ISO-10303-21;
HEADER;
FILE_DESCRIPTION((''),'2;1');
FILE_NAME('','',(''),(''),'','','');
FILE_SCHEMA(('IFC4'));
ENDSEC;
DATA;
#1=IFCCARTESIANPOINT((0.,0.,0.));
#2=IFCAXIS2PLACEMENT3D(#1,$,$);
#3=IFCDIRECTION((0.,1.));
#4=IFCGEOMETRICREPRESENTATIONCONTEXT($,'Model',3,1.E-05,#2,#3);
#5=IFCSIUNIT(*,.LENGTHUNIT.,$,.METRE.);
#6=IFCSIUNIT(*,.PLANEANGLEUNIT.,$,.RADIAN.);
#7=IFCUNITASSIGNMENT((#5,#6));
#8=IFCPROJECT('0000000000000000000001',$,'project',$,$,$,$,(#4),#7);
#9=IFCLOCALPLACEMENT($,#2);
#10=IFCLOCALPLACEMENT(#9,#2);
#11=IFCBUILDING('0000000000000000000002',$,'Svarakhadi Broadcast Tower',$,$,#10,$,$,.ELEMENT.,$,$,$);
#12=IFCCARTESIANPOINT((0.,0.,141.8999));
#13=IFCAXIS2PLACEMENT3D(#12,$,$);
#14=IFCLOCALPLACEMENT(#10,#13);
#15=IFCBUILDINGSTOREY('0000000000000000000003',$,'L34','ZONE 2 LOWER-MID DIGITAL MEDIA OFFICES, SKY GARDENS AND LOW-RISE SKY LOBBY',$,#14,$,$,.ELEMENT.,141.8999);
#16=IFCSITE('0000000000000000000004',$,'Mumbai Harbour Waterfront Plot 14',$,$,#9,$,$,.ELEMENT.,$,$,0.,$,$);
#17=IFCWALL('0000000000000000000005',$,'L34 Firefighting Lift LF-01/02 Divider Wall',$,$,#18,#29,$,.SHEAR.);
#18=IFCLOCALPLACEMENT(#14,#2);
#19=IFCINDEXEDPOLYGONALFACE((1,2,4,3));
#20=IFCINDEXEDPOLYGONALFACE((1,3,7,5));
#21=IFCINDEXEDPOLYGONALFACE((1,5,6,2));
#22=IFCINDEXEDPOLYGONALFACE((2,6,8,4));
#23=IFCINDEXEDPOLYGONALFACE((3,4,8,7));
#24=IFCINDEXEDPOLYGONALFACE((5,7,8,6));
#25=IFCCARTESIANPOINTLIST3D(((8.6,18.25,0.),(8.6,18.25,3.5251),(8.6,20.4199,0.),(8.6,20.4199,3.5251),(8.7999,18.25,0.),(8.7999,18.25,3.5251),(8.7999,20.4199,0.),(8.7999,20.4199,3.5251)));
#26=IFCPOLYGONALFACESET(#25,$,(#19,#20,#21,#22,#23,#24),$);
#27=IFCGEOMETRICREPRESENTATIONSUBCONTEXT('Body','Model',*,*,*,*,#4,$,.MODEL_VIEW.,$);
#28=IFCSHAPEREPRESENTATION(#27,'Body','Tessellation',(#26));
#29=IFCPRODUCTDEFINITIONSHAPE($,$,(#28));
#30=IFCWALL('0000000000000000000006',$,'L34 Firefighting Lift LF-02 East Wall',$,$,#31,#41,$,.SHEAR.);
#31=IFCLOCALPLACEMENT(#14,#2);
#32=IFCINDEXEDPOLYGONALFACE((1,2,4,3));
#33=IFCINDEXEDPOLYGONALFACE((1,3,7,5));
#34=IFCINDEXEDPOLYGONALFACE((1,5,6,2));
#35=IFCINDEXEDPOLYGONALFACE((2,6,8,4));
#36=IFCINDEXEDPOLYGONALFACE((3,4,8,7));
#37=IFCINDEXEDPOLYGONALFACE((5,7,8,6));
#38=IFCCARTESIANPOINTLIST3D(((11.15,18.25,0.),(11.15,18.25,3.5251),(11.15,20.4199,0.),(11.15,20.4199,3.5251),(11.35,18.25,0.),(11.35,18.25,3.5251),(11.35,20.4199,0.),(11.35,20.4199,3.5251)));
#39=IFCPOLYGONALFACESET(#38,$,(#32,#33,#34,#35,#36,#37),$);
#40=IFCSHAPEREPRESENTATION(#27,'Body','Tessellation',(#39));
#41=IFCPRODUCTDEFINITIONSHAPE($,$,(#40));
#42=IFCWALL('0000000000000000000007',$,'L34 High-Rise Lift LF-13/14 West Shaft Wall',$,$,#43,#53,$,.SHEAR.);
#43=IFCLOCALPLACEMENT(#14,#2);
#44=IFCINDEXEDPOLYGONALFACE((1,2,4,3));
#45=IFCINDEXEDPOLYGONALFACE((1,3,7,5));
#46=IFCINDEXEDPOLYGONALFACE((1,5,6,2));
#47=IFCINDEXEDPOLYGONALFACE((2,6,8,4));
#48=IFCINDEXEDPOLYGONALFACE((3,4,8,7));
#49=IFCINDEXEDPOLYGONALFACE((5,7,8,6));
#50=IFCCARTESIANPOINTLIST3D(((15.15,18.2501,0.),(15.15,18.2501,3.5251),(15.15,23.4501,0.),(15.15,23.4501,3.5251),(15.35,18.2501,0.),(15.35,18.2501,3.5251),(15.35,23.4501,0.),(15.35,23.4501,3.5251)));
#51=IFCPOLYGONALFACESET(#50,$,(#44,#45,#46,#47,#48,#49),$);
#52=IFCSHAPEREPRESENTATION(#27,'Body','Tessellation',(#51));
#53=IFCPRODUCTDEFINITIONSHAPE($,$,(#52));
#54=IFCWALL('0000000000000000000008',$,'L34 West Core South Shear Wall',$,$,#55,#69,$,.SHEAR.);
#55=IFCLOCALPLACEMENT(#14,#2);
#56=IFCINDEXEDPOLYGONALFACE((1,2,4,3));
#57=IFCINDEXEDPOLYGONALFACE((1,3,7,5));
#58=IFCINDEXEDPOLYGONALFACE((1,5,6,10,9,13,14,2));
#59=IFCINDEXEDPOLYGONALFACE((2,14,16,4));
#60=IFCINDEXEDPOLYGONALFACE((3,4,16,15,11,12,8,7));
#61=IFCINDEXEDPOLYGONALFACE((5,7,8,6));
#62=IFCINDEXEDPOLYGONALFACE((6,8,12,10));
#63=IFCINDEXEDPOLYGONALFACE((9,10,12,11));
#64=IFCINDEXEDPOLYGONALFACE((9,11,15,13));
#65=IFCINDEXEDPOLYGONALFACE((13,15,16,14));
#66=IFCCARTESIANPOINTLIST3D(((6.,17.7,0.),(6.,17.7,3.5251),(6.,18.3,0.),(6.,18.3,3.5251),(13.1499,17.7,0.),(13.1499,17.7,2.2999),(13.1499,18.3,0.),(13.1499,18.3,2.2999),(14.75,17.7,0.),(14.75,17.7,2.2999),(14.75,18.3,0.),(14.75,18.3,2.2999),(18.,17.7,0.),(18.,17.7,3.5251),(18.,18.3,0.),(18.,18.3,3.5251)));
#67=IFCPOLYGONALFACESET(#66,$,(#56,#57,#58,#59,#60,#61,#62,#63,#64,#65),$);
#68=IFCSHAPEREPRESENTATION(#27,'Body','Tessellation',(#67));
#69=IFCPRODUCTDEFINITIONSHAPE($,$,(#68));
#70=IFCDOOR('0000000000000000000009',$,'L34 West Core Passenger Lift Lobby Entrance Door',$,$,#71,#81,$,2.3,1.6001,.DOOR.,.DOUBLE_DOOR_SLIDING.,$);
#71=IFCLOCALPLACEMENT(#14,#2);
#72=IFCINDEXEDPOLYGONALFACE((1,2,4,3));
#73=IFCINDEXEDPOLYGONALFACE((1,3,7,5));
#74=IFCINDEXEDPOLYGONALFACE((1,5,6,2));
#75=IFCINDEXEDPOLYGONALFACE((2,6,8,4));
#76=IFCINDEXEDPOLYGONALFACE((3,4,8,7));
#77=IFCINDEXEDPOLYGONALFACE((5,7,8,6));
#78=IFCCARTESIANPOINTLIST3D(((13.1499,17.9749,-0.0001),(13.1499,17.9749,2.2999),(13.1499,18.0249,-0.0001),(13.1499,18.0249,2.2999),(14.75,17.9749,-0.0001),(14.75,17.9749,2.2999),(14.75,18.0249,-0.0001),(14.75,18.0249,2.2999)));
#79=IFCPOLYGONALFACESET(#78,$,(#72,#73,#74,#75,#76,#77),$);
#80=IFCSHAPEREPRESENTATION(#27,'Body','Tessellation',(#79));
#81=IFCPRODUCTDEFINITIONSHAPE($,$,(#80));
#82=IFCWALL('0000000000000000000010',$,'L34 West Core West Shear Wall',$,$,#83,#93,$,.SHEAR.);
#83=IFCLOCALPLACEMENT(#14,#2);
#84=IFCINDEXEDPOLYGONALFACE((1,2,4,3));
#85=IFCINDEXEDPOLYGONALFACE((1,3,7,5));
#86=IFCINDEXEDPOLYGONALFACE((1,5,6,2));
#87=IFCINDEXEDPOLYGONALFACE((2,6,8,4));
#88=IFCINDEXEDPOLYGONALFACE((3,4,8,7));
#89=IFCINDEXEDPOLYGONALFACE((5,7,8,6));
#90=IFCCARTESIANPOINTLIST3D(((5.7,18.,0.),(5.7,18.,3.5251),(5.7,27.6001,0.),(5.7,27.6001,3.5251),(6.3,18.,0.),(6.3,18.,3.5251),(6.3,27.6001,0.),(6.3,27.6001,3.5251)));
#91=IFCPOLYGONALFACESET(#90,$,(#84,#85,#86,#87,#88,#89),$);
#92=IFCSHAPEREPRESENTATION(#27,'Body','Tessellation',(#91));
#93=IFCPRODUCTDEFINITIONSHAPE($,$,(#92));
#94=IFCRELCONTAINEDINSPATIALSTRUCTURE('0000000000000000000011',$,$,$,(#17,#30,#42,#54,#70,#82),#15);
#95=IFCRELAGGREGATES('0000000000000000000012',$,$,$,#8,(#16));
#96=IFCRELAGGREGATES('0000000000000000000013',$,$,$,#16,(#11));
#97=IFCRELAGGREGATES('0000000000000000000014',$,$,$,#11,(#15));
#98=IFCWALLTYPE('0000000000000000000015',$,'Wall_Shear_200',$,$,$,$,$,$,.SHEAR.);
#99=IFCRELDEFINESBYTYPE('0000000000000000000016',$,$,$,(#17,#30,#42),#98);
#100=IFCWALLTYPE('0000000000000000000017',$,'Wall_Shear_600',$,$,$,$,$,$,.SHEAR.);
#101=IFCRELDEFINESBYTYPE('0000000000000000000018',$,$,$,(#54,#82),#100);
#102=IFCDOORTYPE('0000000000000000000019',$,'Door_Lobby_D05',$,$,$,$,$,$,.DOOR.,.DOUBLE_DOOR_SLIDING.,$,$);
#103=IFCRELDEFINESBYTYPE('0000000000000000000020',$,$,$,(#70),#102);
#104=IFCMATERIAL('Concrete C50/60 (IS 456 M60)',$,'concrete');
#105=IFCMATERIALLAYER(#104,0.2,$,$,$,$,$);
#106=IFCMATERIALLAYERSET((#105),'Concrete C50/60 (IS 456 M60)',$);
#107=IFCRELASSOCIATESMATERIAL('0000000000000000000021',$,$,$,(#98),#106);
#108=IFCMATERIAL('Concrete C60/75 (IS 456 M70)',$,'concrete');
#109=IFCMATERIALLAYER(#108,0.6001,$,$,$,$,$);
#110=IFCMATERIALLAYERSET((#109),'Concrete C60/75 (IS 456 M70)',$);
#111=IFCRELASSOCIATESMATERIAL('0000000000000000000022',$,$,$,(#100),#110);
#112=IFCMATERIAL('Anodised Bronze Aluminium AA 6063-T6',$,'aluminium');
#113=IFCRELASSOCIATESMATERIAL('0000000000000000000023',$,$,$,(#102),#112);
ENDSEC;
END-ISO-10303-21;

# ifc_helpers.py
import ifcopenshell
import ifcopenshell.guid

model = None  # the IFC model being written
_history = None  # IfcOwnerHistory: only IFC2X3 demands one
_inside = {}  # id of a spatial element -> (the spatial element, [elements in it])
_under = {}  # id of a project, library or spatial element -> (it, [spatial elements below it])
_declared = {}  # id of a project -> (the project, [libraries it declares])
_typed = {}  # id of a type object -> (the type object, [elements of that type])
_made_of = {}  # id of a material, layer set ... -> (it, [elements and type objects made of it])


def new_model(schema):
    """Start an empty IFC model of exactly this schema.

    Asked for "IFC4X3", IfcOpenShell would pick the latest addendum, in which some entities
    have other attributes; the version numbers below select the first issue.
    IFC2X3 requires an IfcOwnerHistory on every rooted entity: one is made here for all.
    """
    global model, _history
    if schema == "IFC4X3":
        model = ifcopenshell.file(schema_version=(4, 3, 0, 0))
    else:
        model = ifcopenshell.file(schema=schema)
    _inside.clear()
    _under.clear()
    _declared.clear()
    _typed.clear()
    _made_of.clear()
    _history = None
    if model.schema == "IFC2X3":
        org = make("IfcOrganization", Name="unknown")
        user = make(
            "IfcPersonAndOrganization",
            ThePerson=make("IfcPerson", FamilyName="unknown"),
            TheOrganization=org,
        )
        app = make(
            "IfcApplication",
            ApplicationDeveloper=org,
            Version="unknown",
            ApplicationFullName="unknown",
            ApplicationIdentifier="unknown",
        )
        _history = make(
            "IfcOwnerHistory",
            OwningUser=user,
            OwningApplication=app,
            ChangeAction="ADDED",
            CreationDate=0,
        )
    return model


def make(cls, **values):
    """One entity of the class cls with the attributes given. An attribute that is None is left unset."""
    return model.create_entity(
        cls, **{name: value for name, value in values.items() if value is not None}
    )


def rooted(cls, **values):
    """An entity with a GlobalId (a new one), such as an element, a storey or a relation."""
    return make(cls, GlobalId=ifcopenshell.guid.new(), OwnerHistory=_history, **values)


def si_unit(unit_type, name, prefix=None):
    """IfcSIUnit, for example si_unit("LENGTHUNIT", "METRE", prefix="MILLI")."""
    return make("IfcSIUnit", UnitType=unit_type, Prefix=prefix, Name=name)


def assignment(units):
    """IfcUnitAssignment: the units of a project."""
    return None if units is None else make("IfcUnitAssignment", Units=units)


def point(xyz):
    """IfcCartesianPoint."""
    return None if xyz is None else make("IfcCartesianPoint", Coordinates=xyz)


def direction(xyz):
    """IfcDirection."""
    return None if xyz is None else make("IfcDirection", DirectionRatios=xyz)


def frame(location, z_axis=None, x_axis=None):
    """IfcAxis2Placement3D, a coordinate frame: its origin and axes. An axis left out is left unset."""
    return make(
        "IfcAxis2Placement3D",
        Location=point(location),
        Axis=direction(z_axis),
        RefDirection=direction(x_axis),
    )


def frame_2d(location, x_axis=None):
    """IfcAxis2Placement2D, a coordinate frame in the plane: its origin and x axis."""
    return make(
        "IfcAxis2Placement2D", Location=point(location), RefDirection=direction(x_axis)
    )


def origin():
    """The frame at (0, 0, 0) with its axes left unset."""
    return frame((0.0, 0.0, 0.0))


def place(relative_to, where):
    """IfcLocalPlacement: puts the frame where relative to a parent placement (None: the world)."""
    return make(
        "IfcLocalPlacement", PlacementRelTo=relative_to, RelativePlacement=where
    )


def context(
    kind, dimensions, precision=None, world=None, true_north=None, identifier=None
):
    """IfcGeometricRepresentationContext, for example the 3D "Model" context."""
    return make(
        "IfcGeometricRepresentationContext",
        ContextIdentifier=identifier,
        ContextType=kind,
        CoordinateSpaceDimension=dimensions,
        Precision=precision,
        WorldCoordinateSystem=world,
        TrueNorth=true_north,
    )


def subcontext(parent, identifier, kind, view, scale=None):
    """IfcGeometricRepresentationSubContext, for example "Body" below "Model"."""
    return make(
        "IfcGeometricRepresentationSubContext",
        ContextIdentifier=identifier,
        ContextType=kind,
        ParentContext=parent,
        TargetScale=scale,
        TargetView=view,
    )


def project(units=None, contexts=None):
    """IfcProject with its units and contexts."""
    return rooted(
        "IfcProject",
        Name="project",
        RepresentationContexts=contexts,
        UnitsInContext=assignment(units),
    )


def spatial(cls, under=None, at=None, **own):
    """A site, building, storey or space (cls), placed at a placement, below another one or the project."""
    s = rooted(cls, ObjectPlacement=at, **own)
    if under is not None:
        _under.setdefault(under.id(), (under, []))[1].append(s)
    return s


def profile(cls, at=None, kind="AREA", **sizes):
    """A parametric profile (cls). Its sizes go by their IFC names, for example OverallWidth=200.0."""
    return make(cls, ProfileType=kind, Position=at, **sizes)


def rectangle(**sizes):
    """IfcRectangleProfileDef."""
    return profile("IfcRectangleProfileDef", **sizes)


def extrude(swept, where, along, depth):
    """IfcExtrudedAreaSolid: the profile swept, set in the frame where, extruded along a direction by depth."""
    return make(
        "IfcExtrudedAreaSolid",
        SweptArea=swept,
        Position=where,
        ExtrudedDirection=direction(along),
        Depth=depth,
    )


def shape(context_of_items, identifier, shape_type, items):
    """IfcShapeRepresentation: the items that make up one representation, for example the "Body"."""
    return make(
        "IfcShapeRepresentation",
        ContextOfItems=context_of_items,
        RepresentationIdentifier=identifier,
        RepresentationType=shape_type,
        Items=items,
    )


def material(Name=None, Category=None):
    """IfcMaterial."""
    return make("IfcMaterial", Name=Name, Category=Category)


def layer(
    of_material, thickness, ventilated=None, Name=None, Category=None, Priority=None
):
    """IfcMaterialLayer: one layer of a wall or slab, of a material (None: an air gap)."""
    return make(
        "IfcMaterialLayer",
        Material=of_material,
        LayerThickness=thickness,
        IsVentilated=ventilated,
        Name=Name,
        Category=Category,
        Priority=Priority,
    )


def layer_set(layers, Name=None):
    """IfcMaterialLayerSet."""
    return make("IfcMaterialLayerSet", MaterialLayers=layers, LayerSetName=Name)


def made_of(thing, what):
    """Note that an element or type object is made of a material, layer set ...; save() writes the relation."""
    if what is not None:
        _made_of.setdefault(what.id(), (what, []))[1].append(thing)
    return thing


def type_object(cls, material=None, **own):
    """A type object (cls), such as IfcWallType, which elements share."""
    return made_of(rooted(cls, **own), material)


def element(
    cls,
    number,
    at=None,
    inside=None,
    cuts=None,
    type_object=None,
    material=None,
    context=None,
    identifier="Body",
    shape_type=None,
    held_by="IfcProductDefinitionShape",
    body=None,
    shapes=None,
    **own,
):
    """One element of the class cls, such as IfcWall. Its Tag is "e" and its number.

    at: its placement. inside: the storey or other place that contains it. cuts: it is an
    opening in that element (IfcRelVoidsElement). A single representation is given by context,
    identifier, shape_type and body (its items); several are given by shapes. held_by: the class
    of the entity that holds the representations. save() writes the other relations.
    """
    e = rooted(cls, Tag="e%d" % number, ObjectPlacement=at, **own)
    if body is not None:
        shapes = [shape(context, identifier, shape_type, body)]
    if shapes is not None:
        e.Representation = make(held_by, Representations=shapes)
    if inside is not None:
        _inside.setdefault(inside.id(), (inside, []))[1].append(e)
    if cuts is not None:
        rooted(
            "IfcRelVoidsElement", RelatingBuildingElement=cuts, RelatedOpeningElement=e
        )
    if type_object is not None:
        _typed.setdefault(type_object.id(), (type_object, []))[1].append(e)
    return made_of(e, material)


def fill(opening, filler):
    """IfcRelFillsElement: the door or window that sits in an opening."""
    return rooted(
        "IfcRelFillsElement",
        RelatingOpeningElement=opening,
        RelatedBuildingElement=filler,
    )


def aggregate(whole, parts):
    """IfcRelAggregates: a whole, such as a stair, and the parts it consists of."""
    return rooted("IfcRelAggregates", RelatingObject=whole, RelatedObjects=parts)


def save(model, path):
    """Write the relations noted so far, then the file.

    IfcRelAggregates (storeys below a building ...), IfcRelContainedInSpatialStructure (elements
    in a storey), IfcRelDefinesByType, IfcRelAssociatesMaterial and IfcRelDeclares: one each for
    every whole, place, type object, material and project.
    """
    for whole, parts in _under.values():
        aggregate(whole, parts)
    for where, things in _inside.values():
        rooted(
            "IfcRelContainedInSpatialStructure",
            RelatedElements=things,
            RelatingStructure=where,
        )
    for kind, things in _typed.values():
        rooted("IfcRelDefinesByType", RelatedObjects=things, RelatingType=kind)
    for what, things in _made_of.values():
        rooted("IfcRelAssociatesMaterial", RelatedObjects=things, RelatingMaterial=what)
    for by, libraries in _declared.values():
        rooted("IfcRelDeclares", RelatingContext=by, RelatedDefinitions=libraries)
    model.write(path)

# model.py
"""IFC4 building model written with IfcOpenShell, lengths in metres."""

from ifc_helpers import new_model, si_unit, direction, frame, frame_2d, origin, place, context, subcontext, project, spatial, rectangle, extrude, material, layer, layer_set, type_object, element, fill, save


model = new_model("IFC4")

# Units and contexts
model_context = context("Model", 3, precision=1e-05, world=origin(), true_north=direction((0.0, 1.0)))
body_context = subcontext(model_context, "Body", "Model", "MODEL_VIEW")
ifc_project = project(units=[si_unit("LENGTHUNIT", "METRE"), si_unit("PLANEANGLEUNIT", "RADIAN")], contexts=[model_context])

# Site, building, storey
site_placement = place(None, origin())
site = spatial("IfcSite", under=ifc_project, at=site_placement, Name="Mumbai Harbour Waterfront Plot 14", CompositionType="ELEMENT", RefElevation=0.0)
building_placement = place(site_placement, origin())
building = spatial("IfcBuilding", under=site, at=building_placement, Name="Svarakhadi Broadcast Tower", CompositionType="ELEMENT")
storey_placement = place(building_placement, frame((0.0, 0.0, 141.8999)))
storey = spatial("IfcBuildingStorey", under=building, at=storey_placement, Name="L34", Description="ZONE 2 LOWER-MID DIGITAL MEDIA OFFICES, SKY GARDENS AND LOW-RISE SKY LOBBY", CompositionType="ELEMENT", Elevation=141.8999)

# Shared definitions
ifc_material_1 = material(Name="Concrete C50/60 (IS 456 M60)", Category="concrete")

# Walls
ifc_layer_1 = layer(ifc_material_1, 0.2)
ifc_layer_set_1 = layer_set([ifc_layer_1], Name="Concrete C50/60 (IS 456 M60)")
wall_type_1 = type_object("IfcWallType", Name="Wall_Shear_200", PredefinedType="SHEAR", material=ifc_layer_set_1)
for number, where, z_axis, x_axis, name in (
    (1, (8.7, 18.25, 0.0), (0.0, 0.0, 1.0), (0.0, 1.0, 0.0), "L34 Firefighting Lift LF-01/02 Divider Wall"),
    (2, (11.25, 18.25, 0.0), (0.0, 0.0, 1.0), (0.0, 1.0, 0.0), "L34 Firefighting Lift LF-02 East Wall"),
):
    element("IfcWall", number, at=place(storey_placement, frame(where, z_axis=z_axis, x_axis=x_axis)), inside=storey, type_object=wall_type_1, Name=name, PredefinedType="SHEAR", context=body_context, shape_type="SweptSolid", body=[
        extrude(rectangle(XDim=2.1699, YDim=0.2, at=frame_2d((1.085, 0.0))), origin(), (0.0, 0.0, 1.0), 3.5251),
    ])
wall_1_placement = place(storey_placement, frame((15.25, 18.25, 0.0), z_axis=(0.0, 0.0, 1.0), x_axis=(0.0, 1.0, 0.0)))
element("IfcWall", 3, at=wall_1_placement, inside=storey, type_object=wall_type_1, Name="L34 High-Rise Lift LF-13/14 West Shaft Wall", PredefinedType="SHEAR", context=body_context, shape_type="SweptSolid", body=[
    extrude(rectangle(XDim=5.2, YDim=0.2, at=frame_2d((2.6001, 0.0))), origin(), (0.0, 0.0, 1.0), 3.5251),
])

# Wall, opening, door
ifc_material_2 = material(Name="Concrete C60/75 (IS 456 M70)", Category="concrete")
ifc_layer_2 = layer(ifc_material_2, 0.6001)
ifc_layer_set_2 = layer_set([ifc_layer_2], Name="Concrete C60/75 (IS 456 M70)")
wall_type_2 = type_object("IfcWallType", Name="Wall_Shear_600", PredefinedType="SHEAR", material=ifc_layer_set_2)
wall_2_placement = place(storey_placement, frame((6.0, 18.0, 0.0), z_axis=(0.0, 0.0, 1.0), x_axis=(1.0, 0.0, 0.0)))
wall_2 = element("IfcWall", 4, at=wall_2_placement, inside=storey, type_object=wall_type_2, Name="L34 West Core South Shear Wall", PredefinedType="SHEAR", context=body_context, shape_type="SweptSolid", body=[
    extrude(rectangle(XDim=12.0, YDim=0.6001, at=frame_2d((6.0, 0.0))), origin(), (0.0, 0.0, 1.0), 3.5251),
])
opening_1_placement = place(wall_2_placement, frame((7.1499, 0.0, 0.0)))
opening_1 = element("IfcOpeningElement", 5, at=opening_1_placement, cuts=wall_2, PredefinedType="OPENING", context=body_context, shape_type="SweptSolid", body=[
    extrude(rectangle(XDim=1.6001, YDim=2.3, at=frame_2d((0.8, 1.1499))), frame((0.0, 0.3101, 0.0), z_axis=(0.0, -1.0, 0.0), x_axis=(1.0, 0.0, 0.0)), (0.0, 0.0, 1.0), 0.6201),
])
ifc_material_3 = material(Name="Anodised Bronze Aluminium AA 6063-T6", Category="aluminium")
door_type_1 = type_object("IfcDoorType", Name="Door_Lobby_D05", OperationType="DOUBLE_DOOR_SLIDING", PredefinedType="DOOR", material=ifc_material_3)
door_1_placement = place(opening_1_placement, origin())
door_1 = element("IfcDoor", 6, at=door_1_placement, inside=storey, type_object=door_type_1, Name="L34 West Core Passenger Lift Lobby Entrance Door", OperationType="DOUBLE_DOOR_SLIDING", OverallHeight=2.3, OverallWidth=1.6001, PredefinedType="DOOR", context=body_context, shape_type="SweptSolid", body=[
    extrude(rectangle(XDim=1.6001, YDim=2.3, at=frame_2d((0.8, 1.1499))), frame((0.0, 0.0249, 0.0), z_axis=(0.0, -1.0, 0.0), x_axis=(1.0, 0.0, 0.0)), (0.0, 0.0, 1.0), 0.05),
])
fill(opening_1, door_1)

# Wall
wall_3_placement = place(storey_placement, frame((6.0, 18.0, 0.0), z_axis=(0.0, 0.0, 1.0), x_axis=(0.0, 1.0, 0.0)))
element("IfcWall", 7, at=wall_3_placement, inside=storey, type_object=wall_type_2, Name="L34 West Core West Shear Wall", PredefinedType="SHEAR", context=body_context, shape_type="SweptSolid", body=[
    extrude(rectangle(XDim=9.6001, YDim=0.6001, at=frame_2d((4.8, 0.0))), origin(), (0.0, 0.0, 1.0), 3.5251),
])

save(model, "model.ifc")
